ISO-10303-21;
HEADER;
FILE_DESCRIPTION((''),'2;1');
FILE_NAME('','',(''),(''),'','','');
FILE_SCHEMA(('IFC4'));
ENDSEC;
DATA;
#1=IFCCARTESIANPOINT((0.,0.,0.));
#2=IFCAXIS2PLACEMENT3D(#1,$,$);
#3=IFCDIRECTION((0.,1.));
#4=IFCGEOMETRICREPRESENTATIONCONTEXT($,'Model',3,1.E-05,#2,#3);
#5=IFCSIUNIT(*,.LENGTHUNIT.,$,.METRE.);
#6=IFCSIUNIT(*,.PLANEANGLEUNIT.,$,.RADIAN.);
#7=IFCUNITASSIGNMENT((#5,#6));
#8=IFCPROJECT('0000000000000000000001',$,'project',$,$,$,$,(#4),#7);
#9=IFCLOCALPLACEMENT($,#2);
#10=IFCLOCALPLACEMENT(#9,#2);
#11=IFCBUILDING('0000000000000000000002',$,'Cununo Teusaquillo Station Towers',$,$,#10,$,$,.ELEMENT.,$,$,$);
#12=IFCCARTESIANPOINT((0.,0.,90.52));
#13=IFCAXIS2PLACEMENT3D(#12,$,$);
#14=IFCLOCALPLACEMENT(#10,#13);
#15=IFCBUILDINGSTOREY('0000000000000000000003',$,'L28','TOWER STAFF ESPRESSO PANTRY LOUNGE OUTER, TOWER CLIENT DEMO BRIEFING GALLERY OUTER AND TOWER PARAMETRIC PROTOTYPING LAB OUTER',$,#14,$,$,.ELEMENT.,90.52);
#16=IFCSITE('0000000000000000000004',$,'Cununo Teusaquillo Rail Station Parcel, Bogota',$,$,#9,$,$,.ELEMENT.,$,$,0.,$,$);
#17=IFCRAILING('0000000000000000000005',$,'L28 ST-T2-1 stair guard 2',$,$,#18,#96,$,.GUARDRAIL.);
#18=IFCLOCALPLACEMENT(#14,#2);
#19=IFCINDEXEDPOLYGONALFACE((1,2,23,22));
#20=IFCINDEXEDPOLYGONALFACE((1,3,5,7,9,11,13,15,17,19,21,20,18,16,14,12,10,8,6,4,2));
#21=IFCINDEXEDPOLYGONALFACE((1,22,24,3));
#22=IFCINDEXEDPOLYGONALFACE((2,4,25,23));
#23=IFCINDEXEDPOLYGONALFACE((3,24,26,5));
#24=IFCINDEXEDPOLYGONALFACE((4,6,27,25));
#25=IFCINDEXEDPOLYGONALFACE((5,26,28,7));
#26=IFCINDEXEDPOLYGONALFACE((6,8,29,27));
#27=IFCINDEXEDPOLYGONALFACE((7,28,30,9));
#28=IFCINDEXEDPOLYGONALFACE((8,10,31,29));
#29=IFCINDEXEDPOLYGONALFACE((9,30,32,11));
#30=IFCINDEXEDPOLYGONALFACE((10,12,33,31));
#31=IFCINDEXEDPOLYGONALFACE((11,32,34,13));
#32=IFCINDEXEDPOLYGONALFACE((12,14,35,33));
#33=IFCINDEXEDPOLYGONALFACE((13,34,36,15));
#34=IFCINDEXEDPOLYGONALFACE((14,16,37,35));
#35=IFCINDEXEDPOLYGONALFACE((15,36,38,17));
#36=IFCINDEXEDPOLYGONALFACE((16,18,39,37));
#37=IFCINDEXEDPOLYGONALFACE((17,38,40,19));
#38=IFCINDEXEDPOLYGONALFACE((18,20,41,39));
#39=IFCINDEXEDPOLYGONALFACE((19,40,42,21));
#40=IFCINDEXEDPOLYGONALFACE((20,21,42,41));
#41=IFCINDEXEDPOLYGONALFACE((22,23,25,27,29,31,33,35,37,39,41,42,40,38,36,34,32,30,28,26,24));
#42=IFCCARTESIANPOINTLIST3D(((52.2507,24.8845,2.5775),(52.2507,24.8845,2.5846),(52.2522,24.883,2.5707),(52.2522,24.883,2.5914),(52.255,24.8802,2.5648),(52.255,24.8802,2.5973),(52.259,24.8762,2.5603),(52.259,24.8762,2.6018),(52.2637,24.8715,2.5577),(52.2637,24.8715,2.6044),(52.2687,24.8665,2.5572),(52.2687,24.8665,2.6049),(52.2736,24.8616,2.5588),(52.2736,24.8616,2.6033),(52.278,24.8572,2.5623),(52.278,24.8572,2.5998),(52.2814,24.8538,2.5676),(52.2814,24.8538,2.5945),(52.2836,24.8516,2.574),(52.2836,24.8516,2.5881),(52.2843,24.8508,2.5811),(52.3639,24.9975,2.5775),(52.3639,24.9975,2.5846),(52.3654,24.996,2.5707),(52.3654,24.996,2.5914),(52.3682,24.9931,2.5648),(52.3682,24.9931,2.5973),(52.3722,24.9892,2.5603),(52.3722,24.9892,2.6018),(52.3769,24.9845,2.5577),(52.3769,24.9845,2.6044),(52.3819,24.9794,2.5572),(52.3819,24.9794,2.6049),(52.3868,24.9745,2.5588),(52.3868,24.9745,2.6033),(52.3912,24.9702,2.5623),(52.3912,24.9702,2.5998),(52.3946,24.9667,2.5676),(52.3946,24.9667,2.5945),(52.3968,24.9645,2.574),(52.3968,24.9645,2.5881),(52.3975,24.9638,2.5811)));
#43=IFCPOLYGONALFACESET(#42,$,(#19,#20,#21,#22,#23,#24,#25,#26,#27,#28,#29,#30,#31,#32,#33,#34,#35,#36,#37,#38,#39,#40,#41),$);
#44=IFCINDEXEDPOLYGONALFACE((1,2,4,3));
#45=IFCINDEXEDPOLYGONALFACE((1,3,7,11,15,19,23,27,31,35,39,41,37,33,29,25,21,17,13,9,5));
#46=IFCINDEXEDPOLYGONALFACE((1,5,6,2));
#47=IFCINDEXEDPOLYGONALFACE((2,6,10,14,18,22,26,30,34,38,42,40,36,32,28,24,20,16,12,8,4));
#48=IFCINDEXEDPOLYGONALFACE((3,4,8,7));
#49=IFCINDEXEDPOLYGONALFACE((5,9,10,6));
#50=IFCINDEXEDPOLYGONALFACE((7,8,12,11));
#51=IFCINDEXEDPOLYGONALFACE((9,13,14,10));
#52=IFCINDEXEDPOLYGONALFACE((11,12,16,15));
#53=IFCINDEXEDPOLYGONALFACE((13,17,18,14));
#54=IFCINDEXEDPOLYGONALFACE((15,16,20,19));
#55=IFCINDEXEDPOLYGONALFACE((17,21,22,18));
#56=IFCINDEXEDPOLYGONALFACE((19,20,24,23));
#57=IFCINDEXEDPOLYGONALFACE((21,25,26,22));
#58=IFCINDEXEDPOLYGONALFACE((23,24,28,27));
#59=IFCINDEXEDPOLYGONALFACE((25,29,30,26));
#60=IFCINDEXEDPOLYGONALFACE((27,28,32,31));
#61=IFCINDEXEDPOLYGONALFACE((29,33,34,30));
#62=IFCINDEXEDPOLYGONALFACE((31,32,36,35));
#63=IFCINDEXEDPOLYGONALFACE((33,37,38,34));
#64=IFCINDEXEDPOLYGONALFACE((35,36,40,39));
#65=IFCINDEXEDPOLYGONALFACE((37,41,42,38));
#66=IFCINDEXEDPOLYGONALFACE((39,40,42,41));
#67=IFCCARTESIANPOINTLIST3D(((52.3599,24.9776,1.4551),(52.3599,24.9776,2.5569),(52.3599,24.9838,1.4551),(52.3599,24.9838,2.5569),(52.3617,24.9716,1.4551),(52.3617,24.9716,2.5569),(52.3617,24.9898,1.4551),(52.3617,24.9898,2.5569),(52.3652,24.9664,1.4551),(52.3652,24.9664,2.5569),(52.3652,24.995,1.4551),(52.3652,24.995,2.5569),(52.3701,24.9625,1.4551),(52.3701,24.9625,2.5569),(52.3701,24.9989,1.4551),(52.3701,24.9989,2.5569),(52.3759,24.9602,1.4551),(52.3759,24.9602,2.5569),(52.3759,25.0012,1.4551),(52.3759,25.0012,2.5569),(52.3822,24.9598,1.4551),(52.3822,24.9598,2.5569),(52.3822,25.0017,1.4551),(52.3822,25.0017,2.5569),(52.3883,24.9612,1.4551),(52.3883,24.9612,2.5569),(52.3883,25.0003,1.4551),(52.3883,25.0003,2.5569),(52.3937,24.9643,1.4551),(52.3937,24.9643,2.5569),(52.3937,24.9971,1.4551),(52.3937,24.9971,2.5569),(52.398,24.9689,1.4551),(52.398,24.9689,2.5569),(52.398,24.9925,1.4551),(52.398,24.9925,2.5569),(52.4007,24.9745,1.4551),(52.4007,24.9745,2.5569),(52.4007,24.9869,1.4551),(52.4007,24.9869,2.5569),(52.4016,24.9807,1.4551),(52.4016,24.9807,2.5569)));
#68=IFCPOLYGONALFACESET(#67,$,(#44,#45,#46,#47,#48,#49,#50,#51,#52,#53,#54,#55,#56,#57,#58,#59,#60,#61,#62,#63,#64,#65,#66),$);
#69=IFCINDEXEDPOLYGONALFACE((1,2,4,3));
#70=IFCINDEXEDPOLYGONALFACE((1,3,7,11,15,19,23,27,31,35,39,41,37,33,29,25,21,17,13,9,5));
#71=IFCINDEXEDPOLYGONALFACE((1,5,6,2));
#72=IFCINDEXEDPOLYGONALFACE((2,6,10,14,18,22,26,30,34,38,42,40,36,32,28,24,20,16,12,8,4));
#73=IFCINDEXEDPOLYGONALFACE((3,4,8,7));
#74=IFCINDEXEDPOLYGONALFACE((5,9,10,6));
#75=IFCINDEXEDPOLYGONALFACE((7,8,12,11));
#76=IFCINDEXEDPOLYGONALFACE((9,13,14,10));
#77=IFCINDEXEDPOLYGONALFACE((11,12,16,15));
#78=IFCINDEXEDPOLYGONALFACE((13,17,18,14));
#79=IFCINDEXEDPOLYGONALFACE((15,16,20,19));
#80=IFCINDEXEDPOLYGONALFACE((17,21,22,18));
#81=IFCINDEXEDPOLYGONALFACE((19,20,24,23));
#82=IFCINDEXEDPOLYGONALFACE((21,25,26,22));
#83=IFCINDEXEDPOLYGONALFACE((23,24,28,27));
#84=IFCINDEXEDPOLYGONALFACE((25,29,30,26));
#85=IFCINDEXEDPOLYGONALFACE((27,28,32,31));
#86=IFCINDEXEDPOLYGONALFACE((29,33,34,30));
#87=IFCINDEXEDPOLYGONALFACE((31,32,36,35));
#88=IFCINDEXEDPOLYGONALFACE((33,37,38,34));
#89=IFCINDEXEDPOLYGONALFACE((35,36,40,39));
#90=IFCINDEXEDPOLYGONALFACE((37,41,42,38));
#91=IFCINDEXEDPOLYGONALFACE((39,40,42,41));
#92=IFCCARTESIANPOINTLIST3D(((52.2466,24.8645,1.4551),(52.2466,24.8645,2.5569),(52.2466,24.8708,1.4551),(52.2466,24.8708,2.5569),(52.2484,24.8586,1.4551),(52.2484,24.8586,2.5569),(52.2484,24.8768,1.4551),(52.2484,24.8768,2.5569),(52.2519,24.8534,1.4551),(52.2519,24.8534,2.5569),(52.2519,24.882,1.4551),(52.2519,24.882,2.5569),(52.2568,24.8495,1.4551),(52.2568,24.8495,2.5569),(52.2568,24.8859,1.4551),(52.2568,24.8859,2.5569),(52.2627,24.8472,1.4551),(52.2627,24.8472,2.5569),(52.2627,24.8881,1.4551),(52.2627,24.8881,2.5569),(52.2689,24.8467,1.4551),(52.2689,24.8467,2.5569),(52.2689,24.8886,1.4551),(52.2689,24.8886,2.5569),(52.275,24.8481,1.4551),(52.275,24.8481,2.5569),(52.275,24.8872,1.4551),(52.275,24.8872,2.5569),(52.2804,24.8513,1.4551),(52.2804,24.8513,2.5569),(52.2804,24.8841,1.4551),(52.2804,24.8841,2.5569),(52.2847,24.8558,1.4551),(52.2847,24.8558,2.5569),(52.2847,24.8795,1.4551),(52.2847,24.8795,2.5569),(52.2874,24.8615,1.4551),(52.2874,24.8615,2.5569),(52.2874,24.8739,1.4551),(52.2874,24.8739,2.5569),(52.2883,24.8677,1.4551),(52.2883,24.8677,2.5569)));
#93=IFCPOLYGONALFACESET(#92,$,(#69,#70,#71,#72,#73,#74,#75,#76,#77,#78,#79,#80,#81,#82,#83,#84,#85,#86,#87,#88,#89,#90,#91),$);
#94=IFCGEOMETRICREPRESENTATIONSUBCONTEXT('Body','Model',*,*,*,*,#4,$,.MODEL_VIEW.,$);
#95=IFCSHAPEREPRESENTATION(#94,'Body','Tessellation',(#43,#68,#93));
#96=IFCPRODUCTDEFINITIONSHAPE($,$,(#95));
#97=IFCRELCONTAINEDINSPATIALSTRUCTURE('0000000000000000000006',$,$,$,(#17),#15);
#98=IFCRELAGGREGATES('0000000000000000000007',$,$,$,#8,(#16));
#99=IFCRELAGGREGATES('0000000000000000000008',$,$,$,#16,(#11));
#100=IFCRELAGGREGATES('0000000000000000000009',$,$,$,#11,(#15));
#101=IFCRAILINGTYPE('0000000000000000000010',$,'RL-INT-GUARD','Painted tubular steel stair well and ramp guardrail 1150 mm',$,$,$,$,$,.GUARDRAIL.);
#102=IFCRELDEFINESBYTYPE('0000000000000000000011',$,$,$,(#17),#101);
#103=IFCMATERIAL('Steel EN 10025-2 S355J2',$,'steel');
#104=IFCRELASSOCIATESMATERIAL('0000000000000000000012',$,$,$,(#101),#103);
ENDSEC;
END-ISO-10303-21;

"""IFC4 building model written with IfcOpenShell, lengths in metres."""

from ifc_helpers import new_model, si_unit, direction, frame, origin, origin_2d, place, context, subcontext, project, spatial, circle, extrude, material, type_object, element, save


model = new_model("IFC4")

# Units and contexts
model_context = context("Model", 3, precision=1e-05, world=origin(), true_north=direction((0.0, 1.0)))
body_context = subcontext(model_context, "Body", "Model", "MODEL_VIEW")
ifc_project = project(units=[si_unit("LENGTHUNIT", "METRE"), si_unit("PLANEANGLEUNIT", "RADIAN")], contexts=[model_context])

# Site, building, storey
site_placement = place(None, origin())
site = spatial("IfcSite", under=ifc_project, at=site_placement, Name="Cununo Teusaquillo Rail Station Parcel, Bogota", CompositionType="ELEMENT", RefElevation=0.0)
building_placement = place(site_placement, origin())
building = spatial("IfcBuilding", under=site, at=building_placement, Name="Cununo Teusaquillo Station Towers", CompositionType="ELEMENT")
storey_placement = place(building_placement, frame((0.0, 0.0, 90.52)))
storey = spatial("IfcBuildingStorey", under=building, at=storey_placement, Name="L28", Description="TOWER STAFF ESPRESSO PANTRY LOUNGE OUTER, TOWER CLIENT DEMO BRIEFING GALLERY OUTER AND TOWER PARAMETRIC PROTOTYPING LAB OUTER", CompositionType="ELEMENT", Elevation=90.52)

# Railing
ifc_material_1 = material(Name="Steel EN 10025-2 S355J2", Category="steel")
railing_type_1 = type_object("IfcRailingType", Name="RL-INT-GUARD", Description="Painted tubular steel stair well and ramp guardrail 1150 mm", PredefinedType="GUARDRAIL", material=ifc_material_1)
railing_1_placement = place(storey_placement, frame((52.3806, 24.9807, 1.4551)))
element("IfcRailing", 1, at=railing_1_placement, inside=storey, type_object=railing_type_1, Name="L28 ST-T2-1 stair guard 2", PredefinedType="GUARDRAIL", context=body_context, shape_type="SweptSolid", body=[
    extrude(circle(Radius=0.0239, at=origin_2d()), frame((0.0, 0.0, 1.126), z_axis=(-0.707869, -0.706344, 0.0), x_axis=(0.706344, -0.707869, 0.0)), (0.0, 0.0, 1.0), 0.1599),
    extrude(circle(Radius=0.021, at=origin_2d()), origin(), (0.0, 0.0, 1.0), 1.1018),
    extrude(circle(Radius=0.021, at=origin_2d()), frame((-0.1133, -0.113, 0.0)), (0.0, 0.0, 1.0), 1.1018),
])

save(model, "model.ifc")
